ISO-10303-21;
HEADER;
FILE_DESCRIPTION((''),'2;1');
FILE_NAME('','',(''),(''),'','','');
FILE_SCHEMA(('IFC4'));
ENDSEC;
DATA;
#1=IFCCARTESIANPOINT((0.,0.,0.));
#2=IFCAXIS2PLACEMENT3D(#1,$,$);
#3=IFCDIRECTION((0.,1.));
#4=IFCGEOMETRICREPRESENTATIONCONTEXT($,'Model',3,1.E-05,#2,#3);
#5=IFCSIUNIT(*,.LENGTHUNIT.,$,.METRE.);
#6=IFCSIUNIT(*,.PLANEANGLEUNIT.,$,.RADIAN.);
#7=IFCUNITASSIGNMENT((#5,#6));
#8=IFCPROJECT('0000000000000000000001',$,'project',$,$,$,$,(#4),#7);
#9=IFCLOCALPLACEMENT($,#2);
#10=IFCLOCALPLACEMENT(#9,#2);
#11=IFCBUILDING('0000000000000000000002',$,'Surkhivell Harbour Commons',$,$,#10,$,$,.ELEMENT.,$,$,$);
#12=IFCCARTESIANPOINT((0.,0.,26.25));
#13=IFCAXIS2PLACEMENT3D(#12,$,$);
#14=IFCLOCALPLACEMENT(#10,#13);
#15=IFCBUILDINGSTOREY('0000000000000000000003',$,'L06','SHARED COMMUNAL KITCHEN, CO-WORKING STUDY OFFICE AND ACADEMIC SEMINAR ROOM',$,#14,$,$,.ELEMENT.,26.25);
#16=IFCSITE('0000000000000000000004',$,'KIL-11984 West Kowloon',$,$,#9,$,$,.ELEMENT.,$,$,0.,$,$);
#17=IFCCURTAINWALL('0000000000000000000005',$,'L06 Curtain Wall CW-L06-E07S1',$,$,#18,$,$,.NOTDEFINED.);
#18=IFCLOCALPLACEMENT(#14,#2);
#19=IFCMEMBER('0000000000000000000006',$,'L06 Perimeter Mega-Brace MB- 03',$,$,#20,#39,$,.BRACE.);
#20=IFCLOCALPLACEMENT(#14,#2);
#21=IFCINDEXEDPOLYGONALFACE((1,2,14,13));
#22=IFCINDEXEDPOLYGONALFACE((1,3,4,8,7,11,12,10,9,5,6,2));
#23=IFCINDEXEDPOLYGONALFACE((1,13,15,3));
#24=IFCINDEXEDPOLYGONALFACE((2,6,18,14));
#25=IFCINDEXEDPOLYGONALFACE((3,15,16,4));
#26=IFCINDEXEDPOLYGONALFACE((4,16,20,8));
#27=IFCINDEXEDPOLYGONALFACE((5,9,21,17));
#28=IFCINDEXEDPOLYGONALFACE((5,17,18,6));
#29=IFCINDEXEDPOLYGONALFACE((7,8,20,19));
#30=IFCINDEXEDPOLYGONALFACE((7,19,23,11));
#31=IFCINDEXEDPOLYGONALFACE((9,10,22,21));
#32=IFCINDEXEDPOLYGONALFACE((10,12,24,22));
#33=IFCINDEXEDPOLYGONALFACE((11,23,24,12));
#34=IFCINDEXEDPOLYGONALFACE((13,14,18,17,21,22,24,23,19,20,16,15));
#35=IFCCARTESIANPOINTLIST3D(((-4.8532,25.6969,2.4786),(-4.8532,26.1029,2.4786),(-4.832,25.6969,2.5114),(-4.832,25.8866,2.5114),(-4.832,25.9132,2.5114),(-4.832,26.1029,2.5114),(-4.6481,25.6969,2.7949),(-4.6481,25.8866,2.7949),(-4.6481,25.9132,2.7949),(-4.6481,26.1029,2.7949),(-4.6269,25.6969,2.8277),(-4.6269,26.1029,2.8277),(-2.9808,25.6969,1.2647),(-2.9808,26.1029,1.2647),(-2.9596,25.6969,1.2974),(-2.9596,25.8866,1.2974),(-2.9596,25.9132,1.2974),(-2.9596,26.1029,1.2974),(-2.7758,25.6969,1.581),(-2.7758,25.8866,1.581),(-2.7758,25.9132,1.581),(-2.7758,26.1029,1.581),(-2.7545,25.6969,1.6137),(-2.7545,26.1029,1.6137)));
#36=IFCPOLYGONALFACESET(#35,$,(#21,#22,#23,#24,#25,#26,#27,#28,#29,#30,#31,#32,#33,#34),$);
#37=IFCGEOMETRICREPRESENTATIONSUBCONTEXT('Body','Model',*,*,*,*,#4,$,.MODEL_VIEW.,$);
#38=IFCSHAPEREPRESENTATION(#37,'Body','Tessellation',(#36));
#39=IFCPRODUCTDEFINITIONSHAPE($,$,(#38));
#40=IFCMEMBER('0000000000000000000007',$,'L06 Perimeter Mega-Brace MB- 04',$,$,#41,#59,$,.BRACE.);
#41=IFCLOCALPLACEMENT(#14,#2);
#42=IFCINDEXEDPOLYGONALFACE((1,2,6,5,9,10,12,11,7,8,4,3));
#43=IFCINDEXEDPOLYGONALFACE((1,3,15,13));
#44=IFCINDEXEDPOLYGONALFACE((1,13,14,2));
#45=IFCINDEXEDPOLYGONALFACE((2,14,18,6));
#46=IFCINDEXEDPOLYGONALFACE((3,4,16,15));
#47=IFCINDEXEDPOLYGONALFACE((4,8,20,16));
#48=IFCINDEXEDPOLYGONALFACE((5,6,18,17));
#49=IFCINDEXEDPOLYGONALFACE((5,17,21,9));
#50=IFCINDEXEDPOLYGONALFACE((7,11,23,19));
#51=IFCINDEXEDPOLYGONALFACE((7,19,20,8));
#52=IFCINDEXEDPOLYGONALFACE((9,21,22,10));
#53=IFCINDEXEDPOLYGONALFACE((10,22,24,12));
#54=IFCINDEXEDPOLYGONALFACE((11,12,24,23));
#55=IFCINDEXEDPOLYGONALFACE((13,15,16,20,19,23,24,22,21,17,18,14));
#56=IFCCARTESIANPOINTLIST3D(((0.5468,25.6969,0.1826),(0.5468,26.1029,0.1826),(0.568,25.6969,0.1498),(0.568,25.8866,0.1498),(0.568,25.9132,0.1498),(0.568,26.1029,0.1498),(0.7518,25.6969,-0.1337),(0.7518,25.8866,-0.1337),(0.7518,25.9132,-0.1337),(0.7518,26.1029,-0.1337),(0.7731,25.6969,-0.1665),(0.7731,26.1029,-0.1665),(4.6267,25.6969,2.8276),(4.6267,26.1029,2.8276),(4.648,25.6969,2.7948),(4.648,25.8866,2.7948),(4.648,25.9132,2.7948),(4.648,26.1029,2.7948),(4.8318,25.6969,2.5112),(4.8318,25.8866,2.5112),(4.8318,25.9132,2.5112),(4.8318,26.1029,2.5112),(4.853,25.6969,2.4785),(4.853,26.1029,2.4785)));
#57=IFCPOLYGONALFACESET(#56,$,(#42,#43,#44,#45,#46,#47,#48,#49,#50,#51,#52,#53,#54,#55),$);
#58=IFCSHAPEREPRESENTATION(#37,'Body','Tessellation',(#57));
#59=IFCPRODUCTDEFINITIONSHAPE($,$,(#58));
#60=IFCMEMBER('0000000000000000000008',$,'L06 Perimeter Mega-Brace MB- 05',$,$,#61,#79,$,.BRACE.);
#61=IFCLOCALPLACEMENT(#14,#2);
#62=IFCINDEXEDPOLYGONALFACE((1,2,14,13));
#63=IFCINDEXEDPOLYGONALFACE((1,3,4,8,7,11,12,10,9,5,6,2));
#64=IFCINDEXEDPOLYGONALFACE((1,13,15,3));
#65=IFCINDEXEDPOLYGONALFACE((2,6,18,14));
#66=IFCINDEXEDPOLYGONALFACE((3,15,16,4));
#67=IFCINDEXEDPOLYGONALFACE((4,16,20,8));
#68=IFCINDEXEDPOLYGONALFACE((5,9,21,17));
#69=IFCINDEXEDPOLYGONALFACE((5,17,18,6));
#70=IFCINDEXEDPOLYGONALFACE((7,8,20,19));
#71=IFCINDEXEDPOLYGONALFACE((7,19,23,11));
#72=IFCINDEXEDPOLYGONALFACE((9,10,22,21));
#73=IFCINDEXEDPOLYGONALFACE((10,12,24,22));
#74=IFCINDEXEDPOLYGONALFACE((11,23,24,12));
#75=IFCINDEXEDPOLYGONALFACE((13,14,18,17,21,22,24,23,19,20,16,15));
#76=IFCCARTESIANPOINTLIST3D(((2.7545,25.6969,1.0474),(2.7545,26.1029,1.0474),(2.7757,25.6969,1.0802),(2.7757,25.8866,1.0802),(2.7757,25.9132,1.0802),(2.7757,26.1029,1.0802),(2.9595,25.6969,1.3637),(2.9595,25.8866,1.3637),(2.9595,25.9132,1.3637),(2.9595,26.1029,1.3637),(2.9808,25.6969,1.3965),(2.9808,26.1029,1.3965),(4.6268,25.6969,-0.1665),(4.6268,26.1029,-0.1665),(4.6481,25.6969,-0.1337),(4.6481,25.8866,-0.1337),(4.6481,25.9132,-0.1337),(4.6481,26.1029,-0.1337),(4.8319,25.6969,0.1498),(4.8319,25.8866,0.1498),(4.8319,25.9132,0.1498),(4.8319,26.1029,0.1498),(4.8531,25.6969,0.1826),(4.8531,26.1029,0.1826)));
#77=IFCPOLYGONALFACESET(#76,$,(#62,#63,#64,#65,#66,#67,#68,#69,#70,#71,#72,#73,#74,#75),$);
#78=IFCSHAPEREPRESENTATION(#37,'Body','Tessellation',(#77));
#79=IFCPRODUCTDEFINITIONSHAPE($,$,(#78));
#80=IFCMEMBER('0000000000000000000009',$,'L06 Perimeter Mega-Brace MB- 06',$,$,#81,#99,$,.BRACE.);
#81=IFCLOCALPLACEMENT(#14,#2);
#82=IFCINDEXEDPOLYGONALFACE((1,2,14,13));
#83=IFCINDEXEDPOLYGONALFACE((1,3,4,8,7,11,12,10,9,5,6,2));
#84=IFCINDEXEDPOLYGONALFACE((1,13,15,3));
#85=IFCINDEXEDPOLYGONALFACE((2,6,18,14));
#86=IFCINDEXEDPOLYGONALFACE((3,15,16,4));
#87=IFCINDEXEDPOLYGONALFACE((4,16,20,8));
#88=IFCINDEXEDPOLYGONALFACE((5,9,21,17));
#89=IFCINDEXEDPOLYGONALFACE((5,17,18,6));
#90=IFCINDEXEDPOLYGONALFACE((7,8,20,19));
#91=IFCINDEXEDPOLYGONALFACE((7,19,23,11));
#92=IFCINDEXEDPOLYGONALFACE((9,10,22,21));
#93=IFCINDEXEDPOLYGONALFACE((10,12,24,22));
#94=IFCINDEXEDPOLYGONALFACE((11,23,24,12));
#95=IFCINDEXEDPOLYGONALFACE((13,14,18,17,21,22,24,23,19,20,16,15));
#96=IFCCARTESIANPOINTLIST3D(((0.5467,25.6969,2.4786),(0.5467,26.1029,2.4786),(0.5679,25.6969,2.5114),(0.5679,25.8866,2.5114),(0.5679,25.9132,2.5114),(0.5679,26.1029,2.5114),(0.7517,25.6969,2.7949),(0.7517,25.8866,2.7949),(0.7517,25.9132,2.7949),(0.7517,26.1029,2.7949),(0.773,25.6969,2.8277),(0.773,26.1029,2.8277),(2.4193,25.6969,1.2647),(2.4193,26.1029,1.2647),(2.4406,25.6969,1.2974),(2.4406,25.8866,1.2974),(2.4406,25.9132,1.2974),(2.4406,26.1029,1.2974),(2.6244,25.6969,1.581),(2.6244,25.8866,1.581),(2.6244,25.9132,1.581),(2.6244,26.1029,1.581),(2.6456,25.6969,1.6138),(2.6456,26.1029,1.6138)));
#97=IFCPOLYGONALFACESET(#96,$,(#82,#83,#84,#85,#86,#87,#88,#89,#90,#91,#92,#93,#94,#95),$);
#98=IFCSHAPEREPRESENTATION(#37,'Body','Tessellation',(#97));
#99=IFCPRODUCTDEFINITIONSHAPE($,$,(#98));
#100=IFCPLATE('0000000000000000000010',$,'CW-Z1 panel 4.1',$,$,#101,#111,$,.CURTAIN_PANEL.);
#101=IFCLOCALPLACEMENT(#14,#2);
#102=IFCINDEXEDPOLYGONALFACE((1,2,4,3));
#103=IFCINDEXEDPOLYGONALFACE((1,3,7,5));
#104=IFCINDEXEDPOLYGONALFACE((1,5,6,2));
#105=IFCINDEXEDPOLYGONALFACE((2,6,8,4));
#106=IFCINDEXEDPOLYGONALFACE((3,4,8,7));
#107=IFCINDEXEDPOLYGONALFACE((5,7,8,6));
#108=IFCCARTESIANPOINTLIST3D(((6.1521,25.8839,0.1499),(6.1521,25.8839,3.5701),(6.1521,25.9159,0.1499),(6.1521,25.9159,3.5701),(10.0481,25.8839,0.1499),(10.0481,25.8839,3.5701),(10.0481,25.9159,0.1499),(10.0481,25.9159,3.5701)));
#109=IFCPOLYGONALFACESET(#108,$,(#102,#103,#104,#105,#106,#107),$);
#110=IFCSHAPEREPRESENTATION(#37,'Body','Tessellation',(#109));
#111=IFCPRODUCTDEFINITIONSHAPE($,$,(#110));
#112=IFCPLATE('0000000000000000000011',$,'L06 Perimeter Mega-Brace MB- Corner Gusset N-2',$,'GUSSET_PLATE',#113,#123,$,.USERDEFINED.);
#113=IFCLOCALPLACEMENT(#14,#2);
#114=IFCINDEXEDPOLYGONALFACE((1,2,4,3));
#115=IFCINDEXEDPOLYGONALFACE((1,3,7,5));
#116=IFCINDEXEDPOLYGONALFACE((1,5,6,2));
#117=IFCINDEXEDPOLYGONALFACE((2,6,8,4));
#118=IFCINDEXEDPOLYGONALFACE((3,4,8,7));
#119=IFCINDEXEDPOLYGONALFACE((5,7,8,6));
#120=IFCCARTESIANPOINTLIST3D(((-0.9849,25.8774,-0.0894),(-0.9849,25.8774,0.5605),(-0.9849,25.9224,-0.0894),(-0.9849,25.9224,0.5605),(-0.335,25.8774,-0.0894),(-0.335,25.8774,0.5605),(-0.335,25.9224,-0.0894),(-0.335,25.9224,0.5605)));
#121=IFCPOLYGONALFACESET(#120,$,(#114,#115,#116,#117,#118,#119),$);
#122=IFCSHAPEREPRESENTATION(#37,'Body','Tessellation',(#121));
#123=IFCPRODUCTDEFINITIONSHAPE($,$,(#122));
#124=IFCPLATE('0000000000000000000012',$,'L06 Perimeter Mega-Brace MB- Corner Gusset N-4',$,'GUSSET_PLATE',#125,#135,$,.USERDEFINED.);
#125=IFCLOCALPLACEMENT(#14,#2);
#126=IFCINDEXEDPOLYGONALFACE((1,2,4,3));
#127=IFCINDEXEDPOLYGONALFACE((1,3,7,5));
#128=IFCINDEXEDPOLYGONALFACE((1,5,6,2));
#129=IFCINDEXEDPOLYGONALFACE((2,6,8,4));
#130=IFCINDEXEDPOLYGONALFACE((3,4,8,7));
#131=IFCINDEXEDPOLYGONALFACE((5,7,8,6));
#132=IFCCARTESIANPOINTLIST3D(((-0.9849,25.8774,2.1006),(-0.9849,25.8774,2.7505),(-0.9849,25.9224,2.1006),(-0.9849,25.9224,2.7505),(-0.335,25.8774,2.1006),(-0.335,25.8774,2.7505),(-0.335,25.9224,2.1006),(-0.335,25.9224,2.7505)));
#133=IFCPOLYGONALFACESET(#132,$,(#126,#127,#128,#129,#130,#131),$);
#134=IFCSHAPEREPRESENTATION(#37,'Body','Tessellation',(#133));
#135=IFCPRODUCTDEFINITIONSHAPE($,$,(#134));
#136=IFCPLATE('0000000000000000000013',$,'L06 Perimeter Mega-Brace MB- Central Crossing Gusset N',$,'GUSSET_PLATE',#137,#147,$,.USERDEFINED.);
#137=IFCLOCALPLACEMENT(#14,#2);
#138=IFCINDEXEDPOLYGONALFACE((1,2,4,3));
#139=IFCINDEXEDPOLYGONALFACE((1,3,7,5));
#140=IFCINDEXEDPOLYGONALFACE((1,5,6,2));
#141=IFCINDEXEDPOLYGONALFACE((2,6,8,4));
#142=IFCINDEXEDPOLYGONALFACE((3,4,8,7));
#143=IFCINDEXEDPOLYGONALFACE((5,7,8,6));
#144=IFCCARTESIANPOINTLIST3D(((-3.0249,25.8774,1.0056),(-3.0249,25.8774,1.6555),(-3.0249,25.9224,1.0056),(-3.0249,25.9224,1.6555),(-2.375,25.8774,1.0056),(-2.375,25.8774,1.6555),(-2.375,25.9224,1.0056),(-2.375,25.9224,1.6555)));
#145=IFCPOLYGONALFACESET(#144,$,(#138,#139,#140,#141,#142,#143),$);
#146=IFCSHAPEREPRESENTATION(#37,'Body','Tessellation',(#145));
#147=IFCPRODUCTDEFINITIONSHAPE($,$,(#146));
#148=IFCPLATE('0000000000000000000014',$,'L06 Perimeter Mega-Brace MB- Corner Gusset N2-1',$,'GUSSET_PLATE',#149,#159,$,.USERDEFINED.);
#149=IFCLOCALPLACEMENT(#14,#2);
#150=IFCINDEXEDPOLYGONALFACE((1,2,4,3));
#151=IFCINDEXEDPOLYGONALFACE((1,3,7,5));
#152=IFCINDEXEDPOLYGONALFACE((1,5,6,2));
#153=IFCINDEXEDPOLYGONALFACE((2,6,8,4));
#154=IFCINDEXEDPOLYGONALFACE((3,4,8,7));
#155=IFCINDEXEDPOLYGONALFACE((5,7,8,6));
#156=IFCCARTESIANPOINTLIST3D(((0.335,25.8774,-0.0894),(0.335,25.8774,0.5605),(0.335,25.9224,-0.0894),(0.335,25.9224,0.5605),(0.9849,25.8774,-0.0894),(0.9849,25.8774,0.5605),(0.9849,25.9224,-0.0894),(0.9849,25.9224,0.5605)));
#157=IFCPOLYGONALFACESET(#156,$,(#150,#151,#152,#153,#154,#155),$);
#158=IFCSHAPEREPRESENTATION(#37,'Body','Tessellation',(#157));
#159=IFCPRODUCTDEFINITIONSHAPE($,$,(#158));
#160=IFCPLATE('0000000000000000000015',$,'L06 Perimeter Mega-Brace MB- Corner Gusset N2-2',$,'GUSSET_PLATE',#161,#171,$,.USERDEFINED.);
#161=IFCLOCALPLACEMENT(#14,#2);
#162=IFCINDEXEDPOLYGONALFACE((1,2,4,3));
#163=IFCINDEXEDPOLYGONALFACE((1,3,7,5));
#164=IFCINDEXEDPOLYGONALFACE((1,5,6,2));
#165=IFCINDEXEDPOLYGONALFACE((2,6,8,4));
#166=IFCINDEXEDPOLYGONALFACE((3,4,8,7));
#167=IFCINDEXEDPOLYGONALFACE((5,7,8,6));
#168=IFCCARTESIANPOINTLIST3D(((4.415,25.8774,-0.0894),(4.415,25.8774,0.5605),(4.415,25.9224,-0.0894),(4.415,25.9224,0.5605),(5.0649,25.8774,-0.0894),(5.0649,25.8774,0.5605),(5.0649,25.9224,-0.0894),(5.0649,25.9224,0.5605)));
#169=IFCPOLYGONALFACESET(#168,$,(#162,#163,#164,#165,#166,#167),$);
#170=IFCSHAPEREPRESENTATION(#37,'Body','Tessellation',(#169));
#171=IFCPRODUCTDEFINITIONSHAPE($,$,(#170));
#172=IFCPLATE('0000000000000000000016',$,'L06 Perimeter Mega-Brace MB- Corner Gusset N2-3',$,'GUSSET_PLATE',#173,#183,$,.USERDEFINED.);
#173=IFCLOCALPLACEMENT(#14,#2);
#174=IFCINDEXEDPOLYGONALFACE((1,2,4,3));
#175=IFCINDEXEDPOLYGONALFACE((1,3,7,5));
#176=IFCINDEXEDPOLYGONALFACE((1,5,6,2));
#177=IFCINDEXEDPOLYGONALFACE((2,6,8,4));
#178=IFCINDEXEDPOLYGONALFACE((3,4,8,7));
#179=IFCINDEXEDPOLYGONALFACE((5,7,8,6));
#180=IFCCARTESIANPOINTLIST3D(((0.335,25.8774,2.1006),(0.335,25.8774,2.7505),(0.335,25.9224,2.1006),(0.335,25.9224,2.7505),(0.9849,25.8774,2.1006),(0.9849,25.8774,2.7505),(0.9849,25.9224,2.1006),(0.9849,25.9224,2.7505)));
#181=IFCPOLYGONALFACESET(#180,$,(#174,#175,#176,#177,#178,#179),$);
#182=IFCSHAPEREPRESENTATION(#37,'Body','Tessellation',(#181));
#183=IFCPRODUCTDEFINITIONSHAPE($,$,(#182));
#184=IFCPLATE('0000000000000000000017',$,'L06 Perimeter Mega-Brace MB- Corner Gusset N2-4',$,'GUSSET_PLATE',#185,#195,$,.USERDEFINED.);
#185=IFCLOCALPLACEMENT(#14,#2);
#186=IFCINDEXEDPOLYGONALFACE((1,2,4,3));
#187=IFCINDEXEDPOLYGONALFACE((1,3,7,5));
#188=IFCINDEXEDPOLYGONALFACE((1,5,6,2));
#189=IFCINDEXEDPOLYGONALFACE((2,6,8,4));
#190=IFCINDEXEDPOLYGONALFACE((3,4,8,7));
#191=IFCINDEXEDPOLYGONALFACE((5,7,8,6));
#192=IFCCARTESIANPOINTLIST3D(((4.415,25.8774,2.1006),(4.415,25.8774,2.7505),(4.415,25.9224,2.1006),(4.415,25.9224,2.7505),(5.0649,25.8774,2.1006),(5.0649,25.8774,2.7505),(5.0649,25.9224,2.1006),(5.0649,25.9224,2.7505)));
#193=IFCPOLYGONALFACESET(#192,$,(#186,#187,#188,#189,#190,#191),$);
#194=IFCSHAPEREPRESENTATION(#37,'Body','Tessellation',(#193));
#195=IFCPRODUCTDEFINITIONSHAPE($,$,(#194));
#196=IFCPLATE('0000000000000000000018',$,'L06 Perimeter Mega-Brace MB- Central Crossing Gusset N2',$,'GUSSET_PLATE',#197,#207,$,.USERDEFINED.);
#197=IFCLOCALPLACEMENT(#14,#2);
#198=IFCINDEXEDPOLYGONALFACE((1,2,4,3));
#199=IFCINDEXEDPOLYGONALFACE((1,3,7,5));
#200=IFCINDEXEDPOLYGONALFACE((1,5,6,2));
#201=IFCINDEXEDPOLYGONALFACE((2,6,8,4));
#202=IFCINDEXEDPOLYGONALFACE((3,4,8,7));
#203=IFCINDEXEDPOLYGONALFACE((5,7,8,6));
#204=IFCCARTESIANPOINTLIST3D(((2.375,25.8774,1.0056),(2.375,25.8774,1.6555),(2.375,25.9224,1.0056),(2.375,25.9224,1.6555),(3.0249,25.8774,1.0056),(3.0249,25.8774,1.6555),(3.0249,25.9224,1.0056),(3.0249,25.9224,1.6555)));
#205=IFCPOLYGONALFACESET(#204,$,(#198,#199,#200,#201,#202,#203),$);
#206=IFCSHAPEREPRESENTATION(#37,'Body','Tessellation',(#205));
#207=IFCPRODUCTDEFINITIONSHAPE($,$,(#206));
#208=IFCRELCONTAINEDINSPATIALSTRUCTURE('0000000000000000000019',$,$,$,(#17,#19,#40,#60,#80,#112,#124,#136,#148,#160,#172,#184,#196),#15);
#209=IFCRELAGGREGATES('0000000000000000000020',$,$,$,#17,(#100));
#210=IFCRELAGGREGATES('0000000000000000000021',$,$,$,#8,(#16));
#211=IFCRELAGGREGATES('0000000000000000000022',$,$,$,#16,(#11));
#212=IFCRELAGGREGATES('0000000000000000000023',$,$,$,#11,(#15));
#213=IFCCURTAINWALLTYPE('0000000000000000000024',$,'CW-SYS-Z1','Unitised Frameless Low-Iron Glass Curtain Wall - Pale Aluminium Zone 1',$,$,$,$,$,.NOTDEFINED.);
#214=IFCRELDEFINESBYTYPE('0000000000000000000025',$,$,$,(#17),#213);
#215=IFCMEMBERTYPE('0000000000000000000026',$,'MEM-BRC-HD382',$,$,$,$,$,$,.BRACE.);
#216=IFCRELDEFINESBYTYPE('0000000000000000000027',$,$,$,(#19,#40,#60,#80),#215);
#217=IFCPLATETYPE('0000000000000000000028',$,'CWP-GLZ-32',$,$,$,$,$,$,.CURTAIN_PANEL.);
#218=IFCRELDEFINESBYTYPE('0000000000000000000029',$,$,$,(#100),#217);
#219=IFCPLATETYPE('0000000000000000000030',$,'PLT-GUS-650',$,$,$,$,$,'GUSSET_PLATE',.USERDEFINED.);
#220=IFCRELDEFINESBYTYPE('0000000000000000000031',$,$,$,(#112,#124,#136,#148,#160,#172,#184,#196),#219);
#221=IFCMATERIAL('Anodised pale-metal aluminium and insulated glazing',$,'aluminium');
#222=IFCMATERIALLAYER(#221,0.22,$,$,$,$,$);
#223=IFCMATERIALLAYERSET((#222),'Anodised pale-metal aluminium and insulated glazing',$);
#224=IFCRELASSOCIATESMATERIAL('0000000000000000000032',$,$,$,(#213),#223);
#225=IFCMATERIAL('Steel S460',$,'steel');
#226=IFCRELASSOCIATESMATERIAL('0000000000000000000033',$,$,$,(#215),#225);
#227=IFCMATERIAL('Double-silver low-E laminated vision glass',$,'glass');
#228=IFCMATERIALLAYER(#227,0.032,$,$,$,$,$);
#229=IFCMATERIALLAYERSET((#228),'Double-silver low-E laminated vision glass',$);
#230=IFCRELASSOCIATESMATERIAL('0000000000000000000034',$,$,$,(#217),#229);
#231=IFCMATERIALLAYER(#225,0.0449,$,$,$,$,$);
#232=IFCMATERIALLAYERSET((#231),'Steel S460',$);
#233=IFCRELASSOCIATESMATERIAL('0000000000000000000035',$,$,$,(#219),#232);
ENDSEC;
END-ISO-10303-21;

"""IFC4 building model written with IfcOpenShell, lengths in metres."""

from ifc_helpers import new_model, si_unit, direction, frame, frame_2d, origin, origin_2d, place, context, subcontext, project, spatial, rectangle, i_section, extrude, material, layer, layer_set, material_profile, profile_set, type_object, element, aggregate, save


model = new_model("IFC4")

# Units and contexts
model_context = context("Model", 3, precision=1e-05, world=origin(), true_north=direction((0.0, 1.0)))
body_context = subcontext(model_context, "Body", "Model", "MODEL_VIEW")
ifc_project = project(units=[si_unit("LENGTHUNIT", "METRE"), si_unit("PLANEANGLEUNIT", "RADIAN")], contexts=[model_context])

# Site, building, storey
site_placement = place(None, origin())
site = spatial("IfcSite", under=ifc_project, at=site_placement, Name="KIL-11984 West Kowloon", CompositionType="ELEMENT", RefElevation=0.0)
building_placement = place(site_placement, origin())
building = spatial("IfcBuilding", under=site, at=building_placement, Name="Surkhivell Harbour Commons", CompositionType="ELEMENT")
storey_placement = place(building_placement, frame((0.0, 0.0, 26.25)))
storey = spatial("IfcBuildingStorey", under=building, at=storey_placement, Name="L06", Description="SHARED COMMUNAL KITCHEN, CO-WORKING STUDY OFFICE AND ACADEMIC SEMINAR ROOM", CompositionType="ELEMENT", Elevation=26.25)

# Shared definitions
ifc_material_1 = material(Name="Steel S460", Category="steel")

# Curtain wall
ifc_material_2 = material(Name="Anodised pale-metal aluminium and insulated glazing", Category="aluminium")
ifc_layer_1 = layer(ifc_material_2, 0.22)
ifc_layer_set_1 = layer_set([ifc_layer_1], Name="Anodised pale-metal aluminium and insulated glazing")
curtain_wall_type = type_object("IfcCurtainWallType", Name="CW-SYS-Z1", Description="Unitised Frameless Low-Iron Glass Curtain Wall - Pale Aluminium Zone 1", PredefinedType="NOTDEFINED", material=ifc_layer_set_1)
curtain_wall_placement = place(storey_placement, origin())
curtain_wall = element("IfcCurtainWall", 1, at=curtain_wall_placement, inside=storey, type_object=curtain_wall_type, Name="L06 Curtain Wall CW-L06-E07S1", PredefinedType="NOTDEFINED")

# Members
ifc_material_profile_1 = material_profile(ifc_material_1, i_section(OverallWidth=0.406, OverallDepth=0.416, WebThickness=0.0266, FlangeThickness=0.0391, at=origin_2d()), Name="HD400x382")
ifc_profile_set_1 = profile_set([ifc_material_profile_1], Name="Steel S460")
member_type_1 = type_object("IfcMemberType", Name="MEM-BRC-HD382", PredefinedType="BRACE", material=ifc_profile_set_1)
member_1_placement = place(storey_placement, frame((-2.8677, 25.8999, 1.4392), z_axis=(-0.839085, 0.0, 0.544), x_axis=(0.0, -1.0, 0.0)))
element("IfcMember", 2, at=member_1_placement, inside=storey, type_object=member_type_1, Name="L06 Perimeter Mega-Brace MB- 03", PredefinedType="BRACE", context=body_context, shape_type="SweptSolid", body=[
    extrude(i_section(OverallWidth=0.406, OverallDepth=0.416, WebThickness=0.0266, FlangeThickness=0.0391, at=origin_2d()), origin(), (0.0, 0.0, 1.0), 2.2314),
])
member_2_placement = place(storey_placement, frame((0.6599, 25.8999, 0.0081), z_axis=(0.839104, 0.0, 0.543971), x_axis=(0.0, 1.0, 0.0)))
element("IfcMember", 3, at=member_2_placement, inside=storey, type_object=member_type_1, Name="L06 Perimeter Mega-Brace MB- 04", PredefinedType="BRACE", context=body_context, shape_type="SweptSolid", body=[
    extrude(i_section(OverallWidth=0.406, OverallDepth=0.416, WebThickness=0.0266, FlangeThickness=0.0391, at=origin_2d()), origin(), (0.0, 0.0, 1.0), 4.8623),
])
member_3_placement = place(storey_placement, frame((4.74, 25.8999, 0.0081), z_axis=(-0.839085, 0.0, 0.544), x_axis=(0.0, -1.0, 0.0)))
element("IfcMember", 4, at=member_3_placement, inside=storey, type_object=member_type_1, Name="L06 Perimeter Mega-Brace MB- 05", PredefinedType="BRACE", context=body_context, shape_type="SweptSolid", body=[
    extrude(i_section(OverallWidth=0.406, OverallDepth=0.416, WebThickness=0.0266, FlangeThickness=0.0391, at=origin_2d()), origin(), (0.0, 0.0, 1.0), 2.2314),
])
member_4_placement = place(storey_placement, frame((2.5325, 25.8999, 1.4392), z_axis=(-0.839118, 0.0, 0.54395), x_axis=(0.0, -1.0, 0.0)))
element("IfcMember", 5, at=member_4_placement, inside=storey, type_object=member_type_1, Name="L06 Perimeter Mega-Brace MB- 06", PredefinedType="BRACE", context=body_context, shape_type="SweptSolid", body=[
    extrude(i_section(OverallWidth=0.406, OverallDepth=0.416, WebThickness=0.0266, FlangeThickness=0.0391, at=origin_2d()), origin(), (0.0, 0.0, 1.0), 2.2317),
])

# Plate
ifc_material_3 = material(Name="Double-silver low-E laminated vision glass", Category="glass")
ifc_layer_2 = layer(ifc_material_3, 0.032)
ifc_layer_set_2 = layer_set([ifc_layer_2], Name="Double-silver low-E laminated vision glass")
plate_type_1 = type_object("IfcPlateType", Name="CWP-GLZ-32", PredefinedType="CURTAIN_PANEL", material=ifc_layer_set_2)
plate_placement = place(storey_placement, frame((10.0481, 25.8999, 0.1499), z_axis=(0.0, 0.0, 1.0), x_axis=(-1.0, 0.0, 0.0)))
plate = element("IfcPlate", 6, at=plate_placement, type_object=plate_type_1, Name="CW-Z1 panel 4.1", PredefinedType="CURTAIN_PANEL", context=body_context, shape_type="SweptSolid", body=[
    extrude(rectangle(XDim=3.896, YDim=0.032, at=frame_2d((1.948, 0.0))), origin(), (0.0, 0.0, 1.0), 3.4202),
])
aggregate(curtain_wall, [plate])

# Plates
ifc_layer_3 = layer(ifc_material_1, 0.0449)
ifc_layer_set_3 = layer_set([ifc_layer_3], Name="Steel S460")
plate_type_2 = type_object("IfcPlateType", Name="PLT-GUS-650", ElementType="GUSSET_PLATE", PredefinedType="USERDEFINED", material=ifc_layer_set_3)
for number, where, z_axis, x_axis, name in (
    (7, (-0.6599, 25.8999, -0.0894), (0.0, 0.0, 1.0), (1.0, 0.0, 0.0), "L06 Perimeter Mega-Brace MB- Corner Gusset N-2"),
    (8, (-0.6599, 25.8999, 2.1006), (0.0, 0.0, 1.0), (1.0, 0.0, 0.0), "L06 Perimeter Mega-Brace MB- Corner Gusset N-4"),
    (9, (-2.7, 25.8999, 1.0056), (0.0, 0.0, 1.0), (1.0, 0.0, 0.0), "L06 Perimeter Mega-Brace MB- Central Crossing Gusset N"),
    (10, (0.6599, 25.8999, -0.0894), (0.0, 0.0, 1.0), (1.0, 0.0, 0.0), "L06 Perimeter Mega-Brace MB- Corner Gusset N2-1"),
    (11, (4.74, 25.8999, -0.0894), (0.0, 0.0, 1.0), (1.0, 0.0, 0.0), "L06 Perimeter Mega-Brace MB- Corner Gusset N2-2"),
    (12, (0.6599, 25.8999, 2.1006), (0.0, 0.0, 1.0), (1.0, 0.0, 0.0), "L06 Perimeter Mega-Brace MB- Corner Gusset N2-3"),
    (13, (4.74, 25.8999, 2.1006), (0.0, 0.0, 1.0), (1.0, 0.0, 0.0), "L06 Perimeter Mega-Brace MB- Corner Gusset N2-4"),
    (14, (2.7, 25.8999, 1.0056), (0.0, 0.0, 1.0), (1.0, 0.0, 0.0), "L06 Perimeter Mega-Brace MB- Central Crossing Gusset N2"),
):
    element("IfcPlate", number, at=place(storey_placement, frame(where, z_axis=z_axis, x_axis=x_axis)), inside=storey, type_object=plate_type_2, Name=name, ObjectType="GUSSET_PLATE", PredefinedType="USERDEFINED", context=body_context, shape_type="SweptSolid", body=[
        extrude(rectangle(XDim=0.6499, YDim=0.0449, at=origin_2d()), origin(), (0.0, 0.0, 1.0), 0.6499),
    ])

save(model, "model.ifc")
